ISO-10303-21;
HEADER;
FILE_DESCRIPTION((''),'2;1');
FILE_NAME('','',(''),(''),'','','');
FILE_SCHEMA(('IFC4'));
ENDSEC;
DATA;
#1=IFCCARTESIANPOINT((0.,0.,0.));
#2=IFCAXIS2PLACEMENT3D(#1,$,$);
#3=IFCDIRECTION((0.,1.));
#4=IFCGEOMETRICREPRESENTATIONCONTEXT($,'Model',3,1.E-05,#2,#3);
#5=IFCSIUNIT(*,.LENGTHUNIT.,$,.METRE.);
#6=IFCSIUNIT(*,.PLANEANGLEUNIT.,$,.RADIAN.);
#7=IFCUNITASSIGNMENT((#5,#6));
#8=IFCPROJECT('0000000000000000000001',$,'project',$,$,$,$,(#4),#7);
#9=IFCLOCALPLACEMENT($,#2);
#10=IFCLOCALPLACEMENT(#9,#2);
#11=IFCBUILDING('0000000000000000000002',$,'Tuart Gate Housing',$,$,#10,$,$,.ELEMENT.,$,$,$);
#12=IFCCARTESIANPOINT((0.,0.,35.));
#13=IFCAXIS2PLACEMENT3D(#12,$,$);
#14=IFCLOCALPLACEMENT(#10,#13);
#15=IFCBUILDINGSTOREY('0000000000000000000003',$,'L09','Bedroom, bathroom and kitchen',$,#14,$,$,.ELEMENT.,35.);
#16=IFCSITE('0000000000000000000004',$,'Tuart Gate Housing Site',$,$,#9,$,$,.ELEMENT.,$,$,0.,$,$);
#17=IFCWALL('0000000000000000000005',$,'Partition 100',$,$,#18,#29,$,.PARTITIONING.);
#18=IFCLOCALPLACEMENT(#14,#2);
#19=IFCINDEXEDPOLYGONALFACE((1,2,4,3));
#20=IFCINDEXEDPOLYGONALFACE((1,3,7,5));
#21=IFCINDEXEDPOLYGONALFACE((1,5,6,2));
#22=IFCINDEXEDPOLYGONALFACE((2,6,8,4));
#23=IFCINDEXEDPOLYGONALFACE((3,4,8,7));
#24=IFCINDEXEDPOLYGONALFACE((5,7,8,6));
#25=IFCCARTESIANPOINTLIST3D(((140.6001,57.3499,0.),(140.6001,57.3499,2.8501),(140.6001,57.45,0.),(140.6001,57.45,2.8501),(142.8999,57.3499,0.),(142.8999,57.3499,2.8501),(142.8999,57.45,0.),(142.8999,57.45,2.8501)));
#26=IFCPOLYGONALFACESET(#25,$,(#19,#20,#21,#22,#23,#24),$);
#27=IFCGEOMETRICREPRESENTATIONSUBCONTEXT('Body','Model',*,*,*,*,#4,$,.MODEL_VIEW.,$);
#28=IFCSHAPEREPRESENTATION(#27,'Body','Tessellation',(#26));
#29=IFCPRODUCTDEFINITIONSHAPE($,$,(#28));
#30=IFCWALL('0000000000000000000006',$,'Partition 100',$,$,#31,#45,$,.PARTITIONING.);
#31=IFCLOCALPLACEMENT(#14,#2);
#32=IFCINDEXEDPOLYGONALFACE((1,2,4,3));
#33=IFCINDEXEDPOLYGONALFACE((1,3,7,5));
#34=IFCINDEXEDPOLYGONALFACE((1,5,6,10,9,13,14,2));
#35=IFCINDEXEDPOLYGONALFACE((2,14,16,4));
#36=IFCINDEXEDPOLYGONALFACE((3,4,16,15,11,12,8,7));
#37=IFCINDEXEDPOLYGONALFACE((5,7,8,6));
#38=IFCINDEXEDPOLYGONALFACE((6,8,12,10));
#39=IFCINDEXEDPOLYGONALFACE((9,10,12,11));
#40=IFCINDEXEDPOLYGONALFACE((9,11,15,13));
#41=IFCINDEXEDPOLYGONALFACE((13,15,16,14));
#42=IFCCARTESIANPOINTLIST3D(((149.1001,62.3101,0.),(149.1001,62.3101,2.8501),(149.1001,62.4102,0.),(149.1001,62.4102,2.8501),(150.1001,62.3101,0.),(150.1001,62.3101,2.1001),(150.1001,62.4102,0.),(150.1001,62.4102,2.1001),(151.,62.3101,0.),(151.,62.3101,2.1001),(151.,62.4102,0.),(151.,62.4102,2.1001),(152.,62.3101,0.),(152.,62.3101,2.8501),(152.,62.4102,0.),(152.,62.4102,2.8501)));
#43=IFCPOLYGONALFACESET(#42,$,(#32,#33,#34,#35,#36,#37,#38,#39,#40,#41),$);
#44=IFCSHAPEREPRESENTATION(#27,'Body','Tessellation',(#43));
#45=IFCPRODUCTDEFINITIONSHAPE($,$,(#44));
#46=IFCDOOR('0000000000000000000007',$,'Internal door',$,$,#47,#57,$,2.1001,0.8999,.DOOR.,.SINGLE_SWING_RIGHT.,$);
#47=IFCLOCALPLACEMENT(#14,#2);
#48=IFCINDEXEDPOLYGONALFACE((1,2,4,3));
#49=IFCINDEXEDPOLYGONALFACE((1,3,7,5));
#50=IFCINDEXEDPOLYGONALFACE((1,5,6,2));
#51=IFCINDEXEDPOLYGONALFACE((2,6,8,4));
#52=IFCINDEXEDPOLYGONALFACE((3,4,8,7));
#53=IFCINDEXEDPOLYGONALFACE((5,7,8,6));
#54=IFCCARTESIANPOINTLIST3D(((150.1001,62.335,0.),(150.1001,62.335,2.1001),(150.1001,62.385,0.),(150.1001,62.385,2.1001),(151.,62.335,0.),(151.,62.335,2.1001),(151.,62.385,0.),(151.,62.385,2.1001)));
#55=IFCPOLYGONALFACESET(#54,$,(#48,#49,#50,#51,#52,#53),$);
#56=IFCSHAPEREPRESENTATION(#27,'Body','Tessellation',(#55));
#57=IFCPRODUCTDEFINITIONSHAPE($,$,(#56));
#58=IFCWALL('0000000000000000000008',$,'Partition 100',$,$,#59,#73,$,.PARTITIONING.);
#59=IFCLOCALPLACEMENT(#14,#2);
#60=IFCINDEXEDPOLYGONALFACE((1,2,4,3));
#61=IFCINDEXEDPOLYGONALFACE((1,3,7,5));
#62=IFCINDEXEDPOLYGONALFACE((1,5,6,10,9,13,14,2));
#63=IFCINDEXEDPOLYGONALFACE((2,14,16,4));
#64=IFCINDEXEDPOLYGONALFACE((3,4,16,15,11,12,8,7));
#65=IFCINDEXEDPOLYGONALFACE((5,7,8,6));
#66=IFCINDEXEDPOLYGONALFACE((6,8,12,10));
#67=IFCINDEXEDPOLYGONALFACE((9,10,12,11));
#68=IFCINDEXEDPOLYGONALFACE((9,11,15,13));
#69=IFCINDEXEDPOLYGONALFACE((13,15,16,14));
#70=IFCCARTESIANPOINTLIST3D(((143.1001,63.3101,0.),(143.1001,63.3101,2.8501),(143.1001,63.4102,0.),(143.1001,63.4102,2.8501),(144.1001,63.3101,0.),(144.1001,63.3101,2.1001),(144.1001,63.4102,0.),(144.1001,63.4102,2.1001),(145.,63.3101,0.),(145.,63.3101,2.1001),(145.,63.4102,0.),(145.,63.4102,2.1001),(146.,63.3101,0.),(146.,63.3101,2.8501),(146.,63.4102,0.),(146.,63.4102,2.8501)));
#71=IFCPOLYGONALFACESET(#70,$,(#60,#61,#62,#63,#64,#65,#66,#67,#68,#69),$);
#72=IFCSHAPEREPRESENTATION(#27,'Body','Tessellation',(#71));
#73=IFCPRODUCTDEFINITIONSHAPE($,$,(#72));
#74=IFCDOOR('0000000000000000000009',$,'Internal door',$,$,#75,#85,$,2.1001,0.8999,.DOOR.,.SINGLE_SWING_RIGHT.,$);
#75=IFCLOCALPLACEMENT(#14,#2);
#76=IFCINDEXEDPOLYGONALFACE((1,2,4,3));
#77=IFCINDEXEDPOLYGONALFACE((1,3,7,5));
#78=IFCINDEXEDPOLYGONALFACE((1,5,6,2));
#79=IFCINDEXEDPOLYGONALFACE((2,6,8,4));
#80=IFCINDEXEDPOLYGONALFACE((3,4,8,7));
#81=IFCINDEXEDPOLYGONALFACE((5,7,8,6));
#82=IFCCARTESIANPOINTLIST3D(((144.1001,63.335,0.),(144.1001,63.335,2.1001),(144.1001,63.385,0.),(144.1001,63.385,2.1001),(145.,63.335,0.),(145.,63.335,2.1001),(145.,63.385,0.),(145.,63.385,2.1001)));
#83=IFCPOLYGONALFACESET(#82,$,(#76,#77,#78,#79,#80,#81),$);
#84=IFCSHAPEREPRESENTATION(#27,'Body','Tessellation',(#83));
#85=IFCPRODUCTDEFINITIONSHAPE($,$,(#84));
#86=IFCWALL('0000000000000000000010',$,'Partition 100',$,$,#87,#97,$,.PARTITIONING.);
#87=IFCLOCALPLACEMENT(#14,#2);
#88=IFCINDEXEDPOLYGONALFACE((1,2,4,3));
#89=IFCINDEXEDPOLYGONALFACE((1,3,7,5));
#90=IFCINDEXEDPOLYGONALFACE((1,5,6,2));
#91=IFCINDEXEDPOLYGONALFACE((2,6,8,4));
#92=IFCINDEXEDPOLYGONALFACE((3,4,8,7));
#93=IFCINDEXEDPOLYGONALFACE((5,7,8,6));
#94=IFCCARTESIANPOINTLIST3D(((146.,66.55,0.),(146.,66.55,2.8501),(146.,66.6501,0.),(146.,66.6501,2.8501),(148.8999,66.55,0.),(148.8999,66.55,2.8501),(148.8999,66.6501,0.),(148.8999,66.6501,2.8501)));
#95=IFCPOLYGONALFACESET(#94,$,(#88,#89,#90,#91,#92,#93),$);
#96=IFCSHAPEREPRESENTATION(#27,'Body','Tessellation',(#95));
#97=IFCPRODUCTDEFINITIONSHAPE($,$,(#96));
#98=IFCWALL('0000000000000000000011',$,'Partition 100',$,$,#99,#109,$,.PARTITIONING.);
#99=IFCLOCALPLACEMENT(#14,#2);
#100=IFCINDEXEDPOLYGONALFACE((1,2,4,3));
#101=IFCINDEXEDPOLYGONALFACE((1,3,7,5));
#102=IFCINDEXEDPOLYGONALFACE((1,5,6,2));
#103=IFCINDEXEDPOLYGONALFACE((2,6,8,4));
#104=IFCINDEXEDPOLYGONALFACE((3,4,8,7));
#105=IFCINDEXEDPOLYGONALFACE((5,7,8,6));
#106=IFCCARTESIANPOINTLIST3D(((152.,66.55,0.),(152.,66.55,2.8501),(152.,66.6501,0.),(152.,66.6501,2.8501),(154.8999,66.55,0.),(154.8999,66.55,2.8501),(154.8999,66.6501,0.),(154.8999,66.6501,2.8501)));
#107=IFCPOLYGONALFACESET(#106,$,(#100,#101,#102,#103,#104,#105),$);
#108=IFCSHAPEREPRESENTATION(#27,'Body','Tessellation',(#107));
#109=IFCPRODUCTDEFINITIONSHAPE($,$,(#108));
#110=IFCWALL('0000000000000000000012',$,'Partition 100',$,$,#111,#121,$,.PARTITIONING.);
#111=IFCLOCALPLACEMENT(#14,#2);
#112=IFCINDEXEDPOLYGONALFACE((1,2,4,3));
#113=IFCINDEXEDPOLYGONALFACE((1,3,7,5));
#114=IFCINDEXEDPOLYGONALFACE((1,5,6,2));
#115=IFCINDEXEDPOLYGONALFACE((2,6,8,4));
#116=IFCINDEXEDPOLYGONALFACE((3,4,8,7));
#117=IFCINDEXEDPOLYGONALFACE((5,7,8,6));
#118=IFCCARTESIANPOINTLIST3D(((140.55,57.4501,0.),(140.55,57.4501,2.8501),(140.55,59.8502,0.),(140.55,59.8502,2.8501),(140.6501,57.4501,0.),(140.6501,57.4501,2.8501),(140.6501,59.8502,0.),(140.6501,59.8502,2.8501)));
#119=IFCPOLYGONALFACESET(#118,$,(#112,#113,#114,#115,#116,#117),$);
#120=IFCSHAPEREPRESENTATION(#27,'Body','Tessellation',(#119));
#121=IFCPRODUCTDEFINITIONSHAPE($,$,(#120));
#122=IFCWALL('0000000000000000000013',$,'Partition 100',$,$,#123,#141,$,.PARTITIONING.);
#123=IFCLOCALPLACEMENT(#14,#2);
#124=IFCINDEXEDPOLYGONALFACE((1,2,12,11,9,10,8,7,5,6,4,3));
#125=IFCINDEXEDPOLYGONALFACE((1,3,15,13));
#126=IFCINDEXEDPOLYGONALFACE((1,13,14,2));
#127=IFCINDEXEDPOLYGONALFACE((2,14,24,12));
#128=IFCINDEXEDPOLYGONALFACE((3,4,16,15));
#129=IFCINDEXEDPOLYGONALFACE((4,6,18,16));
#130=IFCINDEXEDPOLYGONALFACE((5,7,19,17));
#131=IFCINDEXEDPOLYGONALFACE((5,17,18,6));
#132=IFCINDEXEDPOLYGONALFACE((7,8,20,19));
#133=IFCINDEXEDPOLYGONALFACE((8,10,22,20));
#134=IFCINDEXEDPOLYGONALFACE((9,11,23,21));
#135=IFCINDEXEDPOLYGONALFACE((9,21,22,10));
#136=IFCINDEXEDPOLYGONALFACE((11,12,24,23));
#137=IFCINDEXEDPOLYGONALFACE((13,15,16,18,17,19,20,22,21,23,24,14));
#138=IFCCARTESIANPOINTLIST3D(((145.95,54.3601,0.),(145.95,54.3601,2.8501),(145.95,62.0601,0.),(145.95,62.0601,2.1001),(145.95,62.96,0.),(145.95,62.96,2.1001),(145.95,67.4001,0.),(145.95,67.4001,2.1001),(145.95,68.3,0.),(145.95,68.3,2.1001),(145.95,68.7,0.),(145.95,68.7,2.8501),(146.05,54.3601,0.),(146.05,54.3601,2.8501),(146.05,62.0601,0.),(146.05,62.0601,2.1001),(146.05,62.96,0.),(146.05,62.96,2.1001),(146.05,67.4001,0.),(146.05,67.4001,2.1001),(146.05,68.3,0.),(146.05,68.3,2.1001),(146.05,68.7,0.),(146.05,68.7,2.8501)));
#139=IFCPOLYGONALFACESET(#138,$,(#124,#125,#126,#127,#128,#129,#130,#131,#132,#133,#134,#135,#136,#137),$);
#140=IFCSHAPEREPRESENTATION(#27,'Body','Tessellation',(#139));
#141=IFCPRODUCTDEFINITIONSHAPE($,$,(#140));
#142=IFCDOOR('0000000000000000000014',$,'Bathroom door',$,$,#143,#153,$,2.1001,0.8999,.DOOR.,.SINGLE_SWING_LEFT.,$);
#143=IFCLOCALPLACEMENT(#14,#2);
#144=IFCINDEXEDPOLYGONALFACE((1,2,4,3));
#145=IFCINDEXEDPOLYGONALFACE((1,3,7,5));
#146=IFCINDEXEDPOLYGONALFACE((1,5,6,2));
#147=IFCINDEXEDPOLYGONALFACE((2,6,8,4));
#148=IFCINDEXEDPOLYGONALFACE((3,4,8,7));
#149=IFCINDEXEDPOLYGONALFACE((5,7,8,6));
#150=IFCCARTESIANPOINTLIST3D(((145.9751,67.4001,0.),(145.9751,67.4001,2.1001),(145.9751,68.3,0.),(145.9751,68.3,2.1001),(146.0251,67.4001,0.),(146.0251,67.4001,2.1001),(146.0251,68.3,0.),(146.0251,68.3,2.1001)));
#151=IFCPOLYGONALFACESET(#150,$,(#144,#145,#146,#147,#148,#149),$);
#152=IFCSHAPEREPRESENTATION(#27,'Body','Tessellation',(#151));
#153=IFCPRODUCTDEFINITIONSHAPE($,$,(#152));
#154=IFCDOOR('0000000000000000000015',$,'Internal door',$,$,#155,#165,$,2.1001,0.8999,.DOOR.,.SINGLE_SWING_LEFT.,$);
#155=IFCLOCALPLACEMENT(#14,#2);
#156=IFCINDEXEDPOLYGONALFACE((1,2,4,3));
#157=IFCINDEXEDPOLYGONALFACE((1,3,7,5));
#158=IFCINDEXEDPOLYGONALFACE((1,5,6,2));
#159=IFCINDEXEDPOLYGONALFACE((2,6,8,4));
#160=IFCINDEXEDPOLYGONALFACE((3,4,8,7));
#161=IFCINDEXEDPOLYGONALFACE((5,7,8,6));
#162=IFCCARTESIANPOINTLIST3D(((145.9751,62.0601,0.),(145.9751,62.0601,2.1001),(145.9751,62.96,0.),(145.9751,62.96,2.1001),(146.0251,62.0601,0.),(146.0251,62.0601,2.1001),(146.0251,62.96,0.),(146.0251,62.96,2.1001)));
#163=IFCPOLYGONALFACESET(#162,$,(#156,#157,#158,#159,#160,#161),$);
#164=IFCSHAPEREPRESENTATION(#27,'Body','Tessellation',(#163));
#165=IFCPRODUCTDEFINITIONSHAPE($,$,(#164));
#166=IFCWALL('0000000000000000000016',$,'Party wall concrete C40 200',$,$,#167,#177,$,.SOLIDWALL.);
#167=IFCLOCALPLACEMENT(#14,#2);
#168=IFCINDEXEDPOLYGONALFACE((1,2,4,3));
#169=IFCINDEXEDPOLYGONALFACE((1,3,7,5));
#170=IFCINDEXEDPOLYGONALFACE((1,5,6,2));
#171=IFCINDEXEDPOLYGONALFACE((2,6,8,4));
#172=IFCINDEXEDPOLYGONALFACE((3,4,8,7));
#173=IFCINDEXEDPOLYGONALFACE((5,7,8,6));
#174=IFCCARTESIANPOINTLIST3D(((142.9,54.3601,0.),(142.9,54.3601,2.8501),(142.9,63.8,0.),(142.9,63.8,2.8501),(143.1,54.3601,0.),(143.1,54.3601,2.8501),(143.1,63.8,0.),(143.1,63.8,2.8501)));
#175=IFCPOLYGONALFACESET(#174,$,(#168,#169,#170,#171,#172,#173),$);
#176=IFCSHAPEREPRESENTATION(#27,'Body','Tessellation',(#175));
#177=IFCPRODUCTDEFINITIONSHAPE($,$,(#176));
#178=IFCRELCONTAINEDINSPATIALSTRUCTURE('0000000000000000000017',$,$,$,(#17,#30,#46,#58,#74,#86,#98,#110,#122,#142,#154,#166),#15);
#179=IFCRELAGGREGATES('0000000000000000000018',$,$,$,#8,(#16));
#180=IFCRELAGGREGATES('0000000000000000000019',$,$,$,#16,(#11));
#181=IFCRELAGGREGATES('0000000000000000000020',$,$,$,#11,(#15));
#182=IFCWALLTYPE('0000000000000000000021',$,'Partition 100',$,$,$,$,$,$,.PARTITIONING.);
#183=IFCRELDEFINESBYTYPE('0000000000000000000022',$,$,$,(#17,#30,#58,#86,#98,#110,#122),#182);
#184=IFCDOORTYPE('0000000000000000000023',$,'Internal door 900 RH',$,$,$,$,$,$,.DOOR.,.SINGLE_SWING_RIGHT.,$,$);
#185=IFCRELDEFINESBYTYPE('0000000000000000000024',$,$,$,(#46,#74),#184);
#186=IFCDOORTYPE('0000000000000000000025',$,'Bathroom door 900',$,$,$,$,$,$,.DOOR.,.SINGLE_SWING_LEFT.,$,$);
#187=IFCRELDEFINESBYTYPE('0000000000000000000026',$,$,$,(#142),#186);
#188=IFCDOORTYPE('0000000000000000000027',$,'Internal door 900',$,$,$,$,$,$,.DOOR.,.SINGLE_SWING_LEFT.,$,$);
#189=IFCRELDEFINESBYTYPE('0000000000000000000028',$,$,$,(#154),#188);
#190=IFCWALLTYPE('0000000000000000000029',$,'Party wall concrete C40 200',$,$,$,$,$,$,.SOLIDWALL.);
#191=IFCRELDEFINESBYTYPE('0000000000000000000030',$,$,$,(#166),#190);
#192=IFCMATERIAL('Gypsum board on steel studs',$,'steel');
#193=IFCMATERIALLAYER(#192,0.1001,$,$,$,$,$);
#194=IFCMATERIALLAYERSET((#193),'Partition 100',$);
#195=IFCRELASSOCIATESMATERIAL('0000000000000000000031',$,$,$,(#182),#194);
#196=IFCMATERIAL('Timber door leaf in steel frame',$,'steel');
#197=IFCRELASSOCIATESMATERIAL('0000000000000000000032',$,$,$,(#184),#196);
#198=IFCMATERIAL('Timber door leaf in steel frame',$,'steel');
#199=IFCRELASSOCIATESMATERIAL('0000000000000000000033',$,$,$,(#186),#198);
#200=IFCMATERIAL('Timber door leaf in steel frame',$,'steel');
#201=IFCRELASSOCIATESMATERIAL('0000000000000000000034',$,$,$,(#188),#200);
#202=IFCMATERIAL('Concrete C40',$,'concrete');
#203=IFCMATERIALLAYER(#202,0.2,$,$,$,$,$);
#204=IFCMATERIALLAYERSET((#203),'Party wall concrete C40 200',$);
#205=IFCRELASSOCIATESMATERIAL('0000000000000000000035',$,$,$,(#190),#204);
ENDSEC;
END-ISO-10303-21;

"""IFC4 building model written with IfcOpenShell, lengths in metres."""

from ifc_helpers import new_model, si_unit, direction, frame, frame_2d, origin, place, context, subcontext, project, spatial, rectangle, extrude, material, layer, layer_set, type_object, element, fill, save


model = new_model("IFC4")

# Units and contexts
model_context = context("Model", 3, precision=1e-05, world=origin(), true_north=direction((0.0, 1.0)))
body_context = subcontext(model_context, "Body", "Model", "MODEL_VIEW")
ifc_project = project(units=[si_unit("LENGTHUNIT", "METRE"), si_unit("PLANEANGLEUNIT", "RADIAN")], contexts=[model_context])

# Site, building, storey
site_placement = place(None, origin())
site = spatial("IfcSite", under=ifc_project, at=site_placement, Name="Tuart Gate Housing Site", CompositionType="ELEMENT", RefElevation=0.0)
building_placement = place(site_placement, origin())
building = spatial("IfcBuilding", under=site, at=building_placement, Name="Tuart Gate Housing", CompositionType="ELEMENT")
storey_placement = place(building_placement, frame((0.0, 0.0, 35.0)))
storey = spatial("IfcBuildingStorey", under=building, at=storey_placement, Name="L09", Description="Bedroom, bathroom and kitchen", CompositionType="ELEMENT", Elevation=35.0)

# Wall
ifc_material_1 = material(Name="Gypsum board on steel studs", Category="steel")
ifc_layer_1 = layer(ifc_material_1, 0.1001)
ifc_layer_set_1 = layer_set([ifc_layer_1], Name="Partition 100")
wall_type_1 = type_object("IfcWallType", Name="Partition 100", PredefinedType="PARTITIONING", material=ifc_layer_set_1)
wall_1_placement = place(storey_placement, frame((140.6001, 57.3999, 0.0), z_axis=(0.0, 0.0, 1.0), x_axis=(1.0, 0.0, 0.0)))
element("IfcWall", 1, at=wall_1_placement, inside=storey, type_object=wall_type_1, Name="Partition 100", PredefinedType="PARTITIONING", context=body_context, shape_type="SweptSolid", body=[
    extrude(rectangle(XDim=2.2998, YDim=0.1001, at=frame_2d((1.1499, 0.0))), origin(), (0.0, 0.0, 1.0), 2.8501),
])

# Walls, openings, doors
wall_2_placement = place(storey_placement, frame((149.1001, 62.3601, 0.0), z_axis=(0.0, 0.0, 1.0), x_axis=(1.0, 0.0, 0.0)))
wall_2 = element("IfcWall", 2, at=wall_2_placement, inside=storey, type_object=wall_type_1, Name="Partition 100", PredefinedType="PARTITIONING", context=body_context, shape_type="SweptSolid", body=[
    extrude(rectangle(XDim=2.8999, YDim=0.1001, at=frame_2d((1.45, 0.0))), origin(), (0.0, 0.0, 1.0), 2.8501),
])
opening_1_placement = place(wall_2_placement, frame((1.0, 0.0, 0.0)))
opening_1 = element("IfcOpeningElement", 3, at=opening_1_placement, cuts=wall_2, PredefinedType="OPENING", context=body_context, shape_type="SweptSolid", body=[
    extrude(rectangle(XDim=0.8999, YDim=2.1001, at=frame_2d((0.45, 1.05))), frame((0.0, 0.0601, 0.0), z_axis=(0.0, -1.0, 0.0), x_axis=(1.0, 0.0, 0.0)), (0.0, 0.0, 1.0), 0.1201),
])
ifc_material_2 = material(Name="Timber door leaf in steel frame", Category="steel")
door_type_1 = type_object("IfcDoorType", Name="Internal door 900 RH", OperationType="SINGLE_SWING_RIGHT", PredefinedType="DOOR", material=ifc_material_2)
door_1_placement = place(opening_1_placement, origin())
door_1 = element("IfcDoor", 4, at=door_1_placement, inside=storey, type_object=door_type_1, Name="Internal door", OperationType="SINGLE_SWING_RIGHT", OverallHeight=2.1001, OverallWidth=0.8999, PredefinedType="DOOR", context=body_context, shape_type="SweptSolid", body=[
    extrude(rectangle(XDim=0.8999, YDim=2.1001, at=frame_2d((0.45, 1.05))), frame((0.0, 0.0249, 0.0), z_axis=(0.0, -1.0, 0.0), x_axis=(1.0, 0.0, 0.0)), (0.0, 0.0, 1.0), 0.05),
])
fill(opening_1, door_1)
wall_3_placement = place(storey_placement, frame((143.1001, 63.3601, 0.0), z_axis=(0.0, 0.0, 1.0), x_axis=(1.0, 0.0, 0.0)))
wall_3 = element("IfcWall", 5, at=wall_3_placement, inside=storey, type_object=wall_type_1, Name="Partition 100", PredefinedType="PARTITIONING", context=body_context, shape_type="SweptSolid", body=[
    extrude(rectangle(XDim=2.8999, YDim=0.1001, at=frame_2d((1.45, 0.0))), origin(), (0.0, 0.0, 1.0), 2.8501),
])
opening_2_placement = place(wall_3_placement, frame((1.0, 0.0, 0.0)))
opening_2 = element("IfcOpeningElement", 6, at=opening_2_placement, cuts=wall_3, PredefinedType="OPENING", context=body_context, shape_type="SweptSolid", body=[
    extrude(rectangle(XDim=0.8999, YDim=2.1001, at=frame_2d((0.45, 1.05))), frame((0.0, 0.0601, 0.0), z_axis=(0.0, -1.0, 0.0), x_axis=(1.0, 0.0, 0.0)), (0.0, 0.0, 1.0), 0.1201),
])
door_2_placement = place(opening_2_placement, origin())
door_2 = element("IfcDoor", 7, at=door_2_placement, inside=storey, type_object=door_type_1, Name="Internal door", OperationType="SINGLE_SWING_RIGHT", OverallHeight=2.1001, OverallWidth=0.8999, PredefinedType="DOOR", context=body_context, shape_type="SweptSolid", body=[
    extrude(rectangle(XDim=0.8999, YDim=2.1001, at=frame_2d((0.45, 1.05))), frame((0.0, 0.0249, 0.0), z_axis=(0.0, -1.0, 0.0), x_axis=(1.0, 0.0, 0.0)), (0.0, 0.0, 1.0), 0.05),
])
fill(opening_2, door_2)

# Walls
for number, where, z_axis, x_axis, name in (
    (8, (146.0, 66.6001, 0.0), (0.0, 0.0, 1.0), (1.0, 0.0, 0.0), "Partition 100"),
    (9, (152.0, 66.6001, 0.0), (0.0, 0.0, 1.0), (1.0, 0.0, 0.0), "Partition 100"),
):
    element("IfcWall", number, at=place(storey_placement, frame(where, z_axis=z_axis, x_axis=x_axis)), inside=storey, type_object=wall_type_1, Name=name, PredefinedType="PARTITIONING", context=body_context, shape_type="SweptSolid", body=[
        extrude(rectangle(XDim=2.8999, YDim=0.1001, at=frame_2d((1.45, 0.0))), origin(), (0.0, 0.0, 1.0), 2.8501),
    ])
wall_4_placement = place(storey_placement, frame((140.6001, 57.45, 0.0), z_axis=(0.0, 0.0, 1.0), x_axis=(0.0, 1.0, 0.0)))
element("IfcWall", 10, at=wall_4_placement, inside=storey, type_object=wall_type_1, Name="Partition 100", PredefinedType="PARTITIONING", context=body_context, shape_type="SweptSolid", body=[
    extrude(rectangle(XDim=2.4001, YDim=0.1001, at=frame_2d((1.2002, 0.0))), origin(), (0.0, 0.0, 1.0), 2.8501),
])

# Wall, openings, doors
wall_5_placement = place(storey_placement, frame((146.0, 54.3601, 0.0), z_axis=(0.0, 0.0, 1.0), x_axis=(0.0, 1.0, 0.0)))
wall_5 = element("IfcWall", 11, at=wall_5_placement, inside=storey, type_object=wall_type_1, Name="Partition 100", PredefinedType="PARTITIONING", context=body_context, shape_type="SweptSolid", body=[
    extrude(rectangle(XDim=14.3398, YDim=0.1001, at=frame_2d((7.1699, 0.0))), origin(), (0.0, 0.0, 1.0), 2.8501),
])
opening_3_placement = place(wall_5_placement, frame((7.7, 0.0, 0.0)))
opening_3 = element("IfcOpeningElement", 12, at=opening_3_placement, cuts=wall_5, PredefinedType="OPENING", context=body_context, shape_type="SweptSolid", body=[
    extrude(rectangle(XDim=0.8999, YDim=2.1001, at=frame_2d((0.45, 1.05))), frame((0.0, 0.0601, 0.0), z_axis=(0.0, -1.0, 0.0), x_axis=(1.0, 0.0, 0.0)), (0.0, 0.0, 1.0), 0.1201),
])
opening_4_placement = place(wall_5_placement, frame((13.04, 0.0, 0.0)))
opening_4 = element("IfcOpeningElement", 13, at=opening_4_placement, cuts=wall_5, PredefinedType="OPENING", context=body_context, shape_type="SweptSolid", body=[
    extrude(rectangle(XDim=0.8999, YDim=2.1001, at=frame_2d((0.45, 1.05))), frame((0.0, 0.0601, 0.0), z_axis=(0.0, -1.0, 0.0), x_axis=(1.0, 0.0, 0.0)), (0.0, 0.0, 1.0), 0.1201),
])
ifc_material_3 = material(Name="Timber door leaf in steel frame", Category="steel")
door_type_2 = type_object("IfcDoorType", Name="Bathroom door 900", OperationType="SINGLE_SWING_LEFT", PredefinedType="DOOR", material=ifc_material_3)
door_3_placement = place(opening_4_placement, frame((0.8999, 0.0, 0.0), z_axis=(0.0, 0.0, 1.0), x_axis=(-1.0, 0.0, 0.0)))
door_3 = element("IfcDoor", 14, at=door_3_placement, inside=storey, type_object=door_type_2, Name="Bathroom door", OperationType="SINGLE_SWING_LEFT", OverallHeight=2.1001, OverallWidth=0.8999, PredefinedType="DOOR", context=body_context, shape_type="SweptSolid", body=[
    extrude(rectangle(XDim=0.8999, YDim=2.1001, at=frame_2d((0.45, 1.05))), frame((0.0, 0.0251, 0.0), z_axis=(0.0, -1.0, 0.0), x_axis=(1.0, 0.0, 0.0)), (0.0, 0.0, 1.0), 0.05),
])
fill(opening_4, door_3)
ifc_material_4 = material(Name="Timber door leaf in steel frame", Category="steel")
door_type_3 = type_object("IfcDoorType", Name="Internal door 900", OperationType="SINGLE_SWING_LEFT", PredefinedType="DOOR", material=ifc_material_4)
door_4_placement = place(opening_3_placement, frame((0.8999, 0.0, 0.0), z_axis=(0.0, 0.0, 1.0), x_axis=(-1.0, 0.0, 0.0)))
door_4 = element("IfcDoor", 15, at=door_4_placement, inside=storey, type_object=door_type_3, Name="Internal door", OperationType="SINGLE_SWING_LEFT", OverallHeight=2.1001, OverallWidth=0.8999, PredefinedType="DOOR", context=body_context, shape_type="SweptSolid", body=[
    extrude(rectangle(XDim=0.8999, YDim=2.1001, at=frame_2d((0.45, 1.05))), frame((0.0, 0.0251, 0.0), z_axis=(0.0, -1.0, 0.0), x_axis=(1.0, 0.0, 0.0)), (0.0, 0.0, 1.0), 0.05),
])
fill(opening_3, door_4)

# Wall
ifc_material_5 = material(Name="Concrete C40", Category="concrete")
ifc_layer_2 = layer(ifc_material_5, 0.2)
ifc_layer_set_2 = layer_set([ifc_layer_2], Name="Party wall concrete C40 200")
wall_type_2 = type_object("IfcWallType", Name="Party wall concrete C40 200", PredefinedType="SOLIDWALL", material=ifc_layer_set_2)
wall_6_placement = place(storey_placement, frame((143.0, 54.3601, 0.0), z_axis=(0.0, 0.0, 1.0), x_axis=(0.0, 1.0, 0.0)))
element("IfcWall", 16, at=wall_6_placement, inside=storey, type_object=wall_type_2, Name="Party wall concrete C40 200", PredefinedType="SOLIDWALL", context=body_context, shape_type="SweptSolid", body=[
    extrude(rectangle(XDim=9.4399, YDim=0.2, at=frame_2d((4.72, 0.0))), origin(), (0.0, 0.0, 1.0), 2.8501),
])

save(model, "model.ifc")
